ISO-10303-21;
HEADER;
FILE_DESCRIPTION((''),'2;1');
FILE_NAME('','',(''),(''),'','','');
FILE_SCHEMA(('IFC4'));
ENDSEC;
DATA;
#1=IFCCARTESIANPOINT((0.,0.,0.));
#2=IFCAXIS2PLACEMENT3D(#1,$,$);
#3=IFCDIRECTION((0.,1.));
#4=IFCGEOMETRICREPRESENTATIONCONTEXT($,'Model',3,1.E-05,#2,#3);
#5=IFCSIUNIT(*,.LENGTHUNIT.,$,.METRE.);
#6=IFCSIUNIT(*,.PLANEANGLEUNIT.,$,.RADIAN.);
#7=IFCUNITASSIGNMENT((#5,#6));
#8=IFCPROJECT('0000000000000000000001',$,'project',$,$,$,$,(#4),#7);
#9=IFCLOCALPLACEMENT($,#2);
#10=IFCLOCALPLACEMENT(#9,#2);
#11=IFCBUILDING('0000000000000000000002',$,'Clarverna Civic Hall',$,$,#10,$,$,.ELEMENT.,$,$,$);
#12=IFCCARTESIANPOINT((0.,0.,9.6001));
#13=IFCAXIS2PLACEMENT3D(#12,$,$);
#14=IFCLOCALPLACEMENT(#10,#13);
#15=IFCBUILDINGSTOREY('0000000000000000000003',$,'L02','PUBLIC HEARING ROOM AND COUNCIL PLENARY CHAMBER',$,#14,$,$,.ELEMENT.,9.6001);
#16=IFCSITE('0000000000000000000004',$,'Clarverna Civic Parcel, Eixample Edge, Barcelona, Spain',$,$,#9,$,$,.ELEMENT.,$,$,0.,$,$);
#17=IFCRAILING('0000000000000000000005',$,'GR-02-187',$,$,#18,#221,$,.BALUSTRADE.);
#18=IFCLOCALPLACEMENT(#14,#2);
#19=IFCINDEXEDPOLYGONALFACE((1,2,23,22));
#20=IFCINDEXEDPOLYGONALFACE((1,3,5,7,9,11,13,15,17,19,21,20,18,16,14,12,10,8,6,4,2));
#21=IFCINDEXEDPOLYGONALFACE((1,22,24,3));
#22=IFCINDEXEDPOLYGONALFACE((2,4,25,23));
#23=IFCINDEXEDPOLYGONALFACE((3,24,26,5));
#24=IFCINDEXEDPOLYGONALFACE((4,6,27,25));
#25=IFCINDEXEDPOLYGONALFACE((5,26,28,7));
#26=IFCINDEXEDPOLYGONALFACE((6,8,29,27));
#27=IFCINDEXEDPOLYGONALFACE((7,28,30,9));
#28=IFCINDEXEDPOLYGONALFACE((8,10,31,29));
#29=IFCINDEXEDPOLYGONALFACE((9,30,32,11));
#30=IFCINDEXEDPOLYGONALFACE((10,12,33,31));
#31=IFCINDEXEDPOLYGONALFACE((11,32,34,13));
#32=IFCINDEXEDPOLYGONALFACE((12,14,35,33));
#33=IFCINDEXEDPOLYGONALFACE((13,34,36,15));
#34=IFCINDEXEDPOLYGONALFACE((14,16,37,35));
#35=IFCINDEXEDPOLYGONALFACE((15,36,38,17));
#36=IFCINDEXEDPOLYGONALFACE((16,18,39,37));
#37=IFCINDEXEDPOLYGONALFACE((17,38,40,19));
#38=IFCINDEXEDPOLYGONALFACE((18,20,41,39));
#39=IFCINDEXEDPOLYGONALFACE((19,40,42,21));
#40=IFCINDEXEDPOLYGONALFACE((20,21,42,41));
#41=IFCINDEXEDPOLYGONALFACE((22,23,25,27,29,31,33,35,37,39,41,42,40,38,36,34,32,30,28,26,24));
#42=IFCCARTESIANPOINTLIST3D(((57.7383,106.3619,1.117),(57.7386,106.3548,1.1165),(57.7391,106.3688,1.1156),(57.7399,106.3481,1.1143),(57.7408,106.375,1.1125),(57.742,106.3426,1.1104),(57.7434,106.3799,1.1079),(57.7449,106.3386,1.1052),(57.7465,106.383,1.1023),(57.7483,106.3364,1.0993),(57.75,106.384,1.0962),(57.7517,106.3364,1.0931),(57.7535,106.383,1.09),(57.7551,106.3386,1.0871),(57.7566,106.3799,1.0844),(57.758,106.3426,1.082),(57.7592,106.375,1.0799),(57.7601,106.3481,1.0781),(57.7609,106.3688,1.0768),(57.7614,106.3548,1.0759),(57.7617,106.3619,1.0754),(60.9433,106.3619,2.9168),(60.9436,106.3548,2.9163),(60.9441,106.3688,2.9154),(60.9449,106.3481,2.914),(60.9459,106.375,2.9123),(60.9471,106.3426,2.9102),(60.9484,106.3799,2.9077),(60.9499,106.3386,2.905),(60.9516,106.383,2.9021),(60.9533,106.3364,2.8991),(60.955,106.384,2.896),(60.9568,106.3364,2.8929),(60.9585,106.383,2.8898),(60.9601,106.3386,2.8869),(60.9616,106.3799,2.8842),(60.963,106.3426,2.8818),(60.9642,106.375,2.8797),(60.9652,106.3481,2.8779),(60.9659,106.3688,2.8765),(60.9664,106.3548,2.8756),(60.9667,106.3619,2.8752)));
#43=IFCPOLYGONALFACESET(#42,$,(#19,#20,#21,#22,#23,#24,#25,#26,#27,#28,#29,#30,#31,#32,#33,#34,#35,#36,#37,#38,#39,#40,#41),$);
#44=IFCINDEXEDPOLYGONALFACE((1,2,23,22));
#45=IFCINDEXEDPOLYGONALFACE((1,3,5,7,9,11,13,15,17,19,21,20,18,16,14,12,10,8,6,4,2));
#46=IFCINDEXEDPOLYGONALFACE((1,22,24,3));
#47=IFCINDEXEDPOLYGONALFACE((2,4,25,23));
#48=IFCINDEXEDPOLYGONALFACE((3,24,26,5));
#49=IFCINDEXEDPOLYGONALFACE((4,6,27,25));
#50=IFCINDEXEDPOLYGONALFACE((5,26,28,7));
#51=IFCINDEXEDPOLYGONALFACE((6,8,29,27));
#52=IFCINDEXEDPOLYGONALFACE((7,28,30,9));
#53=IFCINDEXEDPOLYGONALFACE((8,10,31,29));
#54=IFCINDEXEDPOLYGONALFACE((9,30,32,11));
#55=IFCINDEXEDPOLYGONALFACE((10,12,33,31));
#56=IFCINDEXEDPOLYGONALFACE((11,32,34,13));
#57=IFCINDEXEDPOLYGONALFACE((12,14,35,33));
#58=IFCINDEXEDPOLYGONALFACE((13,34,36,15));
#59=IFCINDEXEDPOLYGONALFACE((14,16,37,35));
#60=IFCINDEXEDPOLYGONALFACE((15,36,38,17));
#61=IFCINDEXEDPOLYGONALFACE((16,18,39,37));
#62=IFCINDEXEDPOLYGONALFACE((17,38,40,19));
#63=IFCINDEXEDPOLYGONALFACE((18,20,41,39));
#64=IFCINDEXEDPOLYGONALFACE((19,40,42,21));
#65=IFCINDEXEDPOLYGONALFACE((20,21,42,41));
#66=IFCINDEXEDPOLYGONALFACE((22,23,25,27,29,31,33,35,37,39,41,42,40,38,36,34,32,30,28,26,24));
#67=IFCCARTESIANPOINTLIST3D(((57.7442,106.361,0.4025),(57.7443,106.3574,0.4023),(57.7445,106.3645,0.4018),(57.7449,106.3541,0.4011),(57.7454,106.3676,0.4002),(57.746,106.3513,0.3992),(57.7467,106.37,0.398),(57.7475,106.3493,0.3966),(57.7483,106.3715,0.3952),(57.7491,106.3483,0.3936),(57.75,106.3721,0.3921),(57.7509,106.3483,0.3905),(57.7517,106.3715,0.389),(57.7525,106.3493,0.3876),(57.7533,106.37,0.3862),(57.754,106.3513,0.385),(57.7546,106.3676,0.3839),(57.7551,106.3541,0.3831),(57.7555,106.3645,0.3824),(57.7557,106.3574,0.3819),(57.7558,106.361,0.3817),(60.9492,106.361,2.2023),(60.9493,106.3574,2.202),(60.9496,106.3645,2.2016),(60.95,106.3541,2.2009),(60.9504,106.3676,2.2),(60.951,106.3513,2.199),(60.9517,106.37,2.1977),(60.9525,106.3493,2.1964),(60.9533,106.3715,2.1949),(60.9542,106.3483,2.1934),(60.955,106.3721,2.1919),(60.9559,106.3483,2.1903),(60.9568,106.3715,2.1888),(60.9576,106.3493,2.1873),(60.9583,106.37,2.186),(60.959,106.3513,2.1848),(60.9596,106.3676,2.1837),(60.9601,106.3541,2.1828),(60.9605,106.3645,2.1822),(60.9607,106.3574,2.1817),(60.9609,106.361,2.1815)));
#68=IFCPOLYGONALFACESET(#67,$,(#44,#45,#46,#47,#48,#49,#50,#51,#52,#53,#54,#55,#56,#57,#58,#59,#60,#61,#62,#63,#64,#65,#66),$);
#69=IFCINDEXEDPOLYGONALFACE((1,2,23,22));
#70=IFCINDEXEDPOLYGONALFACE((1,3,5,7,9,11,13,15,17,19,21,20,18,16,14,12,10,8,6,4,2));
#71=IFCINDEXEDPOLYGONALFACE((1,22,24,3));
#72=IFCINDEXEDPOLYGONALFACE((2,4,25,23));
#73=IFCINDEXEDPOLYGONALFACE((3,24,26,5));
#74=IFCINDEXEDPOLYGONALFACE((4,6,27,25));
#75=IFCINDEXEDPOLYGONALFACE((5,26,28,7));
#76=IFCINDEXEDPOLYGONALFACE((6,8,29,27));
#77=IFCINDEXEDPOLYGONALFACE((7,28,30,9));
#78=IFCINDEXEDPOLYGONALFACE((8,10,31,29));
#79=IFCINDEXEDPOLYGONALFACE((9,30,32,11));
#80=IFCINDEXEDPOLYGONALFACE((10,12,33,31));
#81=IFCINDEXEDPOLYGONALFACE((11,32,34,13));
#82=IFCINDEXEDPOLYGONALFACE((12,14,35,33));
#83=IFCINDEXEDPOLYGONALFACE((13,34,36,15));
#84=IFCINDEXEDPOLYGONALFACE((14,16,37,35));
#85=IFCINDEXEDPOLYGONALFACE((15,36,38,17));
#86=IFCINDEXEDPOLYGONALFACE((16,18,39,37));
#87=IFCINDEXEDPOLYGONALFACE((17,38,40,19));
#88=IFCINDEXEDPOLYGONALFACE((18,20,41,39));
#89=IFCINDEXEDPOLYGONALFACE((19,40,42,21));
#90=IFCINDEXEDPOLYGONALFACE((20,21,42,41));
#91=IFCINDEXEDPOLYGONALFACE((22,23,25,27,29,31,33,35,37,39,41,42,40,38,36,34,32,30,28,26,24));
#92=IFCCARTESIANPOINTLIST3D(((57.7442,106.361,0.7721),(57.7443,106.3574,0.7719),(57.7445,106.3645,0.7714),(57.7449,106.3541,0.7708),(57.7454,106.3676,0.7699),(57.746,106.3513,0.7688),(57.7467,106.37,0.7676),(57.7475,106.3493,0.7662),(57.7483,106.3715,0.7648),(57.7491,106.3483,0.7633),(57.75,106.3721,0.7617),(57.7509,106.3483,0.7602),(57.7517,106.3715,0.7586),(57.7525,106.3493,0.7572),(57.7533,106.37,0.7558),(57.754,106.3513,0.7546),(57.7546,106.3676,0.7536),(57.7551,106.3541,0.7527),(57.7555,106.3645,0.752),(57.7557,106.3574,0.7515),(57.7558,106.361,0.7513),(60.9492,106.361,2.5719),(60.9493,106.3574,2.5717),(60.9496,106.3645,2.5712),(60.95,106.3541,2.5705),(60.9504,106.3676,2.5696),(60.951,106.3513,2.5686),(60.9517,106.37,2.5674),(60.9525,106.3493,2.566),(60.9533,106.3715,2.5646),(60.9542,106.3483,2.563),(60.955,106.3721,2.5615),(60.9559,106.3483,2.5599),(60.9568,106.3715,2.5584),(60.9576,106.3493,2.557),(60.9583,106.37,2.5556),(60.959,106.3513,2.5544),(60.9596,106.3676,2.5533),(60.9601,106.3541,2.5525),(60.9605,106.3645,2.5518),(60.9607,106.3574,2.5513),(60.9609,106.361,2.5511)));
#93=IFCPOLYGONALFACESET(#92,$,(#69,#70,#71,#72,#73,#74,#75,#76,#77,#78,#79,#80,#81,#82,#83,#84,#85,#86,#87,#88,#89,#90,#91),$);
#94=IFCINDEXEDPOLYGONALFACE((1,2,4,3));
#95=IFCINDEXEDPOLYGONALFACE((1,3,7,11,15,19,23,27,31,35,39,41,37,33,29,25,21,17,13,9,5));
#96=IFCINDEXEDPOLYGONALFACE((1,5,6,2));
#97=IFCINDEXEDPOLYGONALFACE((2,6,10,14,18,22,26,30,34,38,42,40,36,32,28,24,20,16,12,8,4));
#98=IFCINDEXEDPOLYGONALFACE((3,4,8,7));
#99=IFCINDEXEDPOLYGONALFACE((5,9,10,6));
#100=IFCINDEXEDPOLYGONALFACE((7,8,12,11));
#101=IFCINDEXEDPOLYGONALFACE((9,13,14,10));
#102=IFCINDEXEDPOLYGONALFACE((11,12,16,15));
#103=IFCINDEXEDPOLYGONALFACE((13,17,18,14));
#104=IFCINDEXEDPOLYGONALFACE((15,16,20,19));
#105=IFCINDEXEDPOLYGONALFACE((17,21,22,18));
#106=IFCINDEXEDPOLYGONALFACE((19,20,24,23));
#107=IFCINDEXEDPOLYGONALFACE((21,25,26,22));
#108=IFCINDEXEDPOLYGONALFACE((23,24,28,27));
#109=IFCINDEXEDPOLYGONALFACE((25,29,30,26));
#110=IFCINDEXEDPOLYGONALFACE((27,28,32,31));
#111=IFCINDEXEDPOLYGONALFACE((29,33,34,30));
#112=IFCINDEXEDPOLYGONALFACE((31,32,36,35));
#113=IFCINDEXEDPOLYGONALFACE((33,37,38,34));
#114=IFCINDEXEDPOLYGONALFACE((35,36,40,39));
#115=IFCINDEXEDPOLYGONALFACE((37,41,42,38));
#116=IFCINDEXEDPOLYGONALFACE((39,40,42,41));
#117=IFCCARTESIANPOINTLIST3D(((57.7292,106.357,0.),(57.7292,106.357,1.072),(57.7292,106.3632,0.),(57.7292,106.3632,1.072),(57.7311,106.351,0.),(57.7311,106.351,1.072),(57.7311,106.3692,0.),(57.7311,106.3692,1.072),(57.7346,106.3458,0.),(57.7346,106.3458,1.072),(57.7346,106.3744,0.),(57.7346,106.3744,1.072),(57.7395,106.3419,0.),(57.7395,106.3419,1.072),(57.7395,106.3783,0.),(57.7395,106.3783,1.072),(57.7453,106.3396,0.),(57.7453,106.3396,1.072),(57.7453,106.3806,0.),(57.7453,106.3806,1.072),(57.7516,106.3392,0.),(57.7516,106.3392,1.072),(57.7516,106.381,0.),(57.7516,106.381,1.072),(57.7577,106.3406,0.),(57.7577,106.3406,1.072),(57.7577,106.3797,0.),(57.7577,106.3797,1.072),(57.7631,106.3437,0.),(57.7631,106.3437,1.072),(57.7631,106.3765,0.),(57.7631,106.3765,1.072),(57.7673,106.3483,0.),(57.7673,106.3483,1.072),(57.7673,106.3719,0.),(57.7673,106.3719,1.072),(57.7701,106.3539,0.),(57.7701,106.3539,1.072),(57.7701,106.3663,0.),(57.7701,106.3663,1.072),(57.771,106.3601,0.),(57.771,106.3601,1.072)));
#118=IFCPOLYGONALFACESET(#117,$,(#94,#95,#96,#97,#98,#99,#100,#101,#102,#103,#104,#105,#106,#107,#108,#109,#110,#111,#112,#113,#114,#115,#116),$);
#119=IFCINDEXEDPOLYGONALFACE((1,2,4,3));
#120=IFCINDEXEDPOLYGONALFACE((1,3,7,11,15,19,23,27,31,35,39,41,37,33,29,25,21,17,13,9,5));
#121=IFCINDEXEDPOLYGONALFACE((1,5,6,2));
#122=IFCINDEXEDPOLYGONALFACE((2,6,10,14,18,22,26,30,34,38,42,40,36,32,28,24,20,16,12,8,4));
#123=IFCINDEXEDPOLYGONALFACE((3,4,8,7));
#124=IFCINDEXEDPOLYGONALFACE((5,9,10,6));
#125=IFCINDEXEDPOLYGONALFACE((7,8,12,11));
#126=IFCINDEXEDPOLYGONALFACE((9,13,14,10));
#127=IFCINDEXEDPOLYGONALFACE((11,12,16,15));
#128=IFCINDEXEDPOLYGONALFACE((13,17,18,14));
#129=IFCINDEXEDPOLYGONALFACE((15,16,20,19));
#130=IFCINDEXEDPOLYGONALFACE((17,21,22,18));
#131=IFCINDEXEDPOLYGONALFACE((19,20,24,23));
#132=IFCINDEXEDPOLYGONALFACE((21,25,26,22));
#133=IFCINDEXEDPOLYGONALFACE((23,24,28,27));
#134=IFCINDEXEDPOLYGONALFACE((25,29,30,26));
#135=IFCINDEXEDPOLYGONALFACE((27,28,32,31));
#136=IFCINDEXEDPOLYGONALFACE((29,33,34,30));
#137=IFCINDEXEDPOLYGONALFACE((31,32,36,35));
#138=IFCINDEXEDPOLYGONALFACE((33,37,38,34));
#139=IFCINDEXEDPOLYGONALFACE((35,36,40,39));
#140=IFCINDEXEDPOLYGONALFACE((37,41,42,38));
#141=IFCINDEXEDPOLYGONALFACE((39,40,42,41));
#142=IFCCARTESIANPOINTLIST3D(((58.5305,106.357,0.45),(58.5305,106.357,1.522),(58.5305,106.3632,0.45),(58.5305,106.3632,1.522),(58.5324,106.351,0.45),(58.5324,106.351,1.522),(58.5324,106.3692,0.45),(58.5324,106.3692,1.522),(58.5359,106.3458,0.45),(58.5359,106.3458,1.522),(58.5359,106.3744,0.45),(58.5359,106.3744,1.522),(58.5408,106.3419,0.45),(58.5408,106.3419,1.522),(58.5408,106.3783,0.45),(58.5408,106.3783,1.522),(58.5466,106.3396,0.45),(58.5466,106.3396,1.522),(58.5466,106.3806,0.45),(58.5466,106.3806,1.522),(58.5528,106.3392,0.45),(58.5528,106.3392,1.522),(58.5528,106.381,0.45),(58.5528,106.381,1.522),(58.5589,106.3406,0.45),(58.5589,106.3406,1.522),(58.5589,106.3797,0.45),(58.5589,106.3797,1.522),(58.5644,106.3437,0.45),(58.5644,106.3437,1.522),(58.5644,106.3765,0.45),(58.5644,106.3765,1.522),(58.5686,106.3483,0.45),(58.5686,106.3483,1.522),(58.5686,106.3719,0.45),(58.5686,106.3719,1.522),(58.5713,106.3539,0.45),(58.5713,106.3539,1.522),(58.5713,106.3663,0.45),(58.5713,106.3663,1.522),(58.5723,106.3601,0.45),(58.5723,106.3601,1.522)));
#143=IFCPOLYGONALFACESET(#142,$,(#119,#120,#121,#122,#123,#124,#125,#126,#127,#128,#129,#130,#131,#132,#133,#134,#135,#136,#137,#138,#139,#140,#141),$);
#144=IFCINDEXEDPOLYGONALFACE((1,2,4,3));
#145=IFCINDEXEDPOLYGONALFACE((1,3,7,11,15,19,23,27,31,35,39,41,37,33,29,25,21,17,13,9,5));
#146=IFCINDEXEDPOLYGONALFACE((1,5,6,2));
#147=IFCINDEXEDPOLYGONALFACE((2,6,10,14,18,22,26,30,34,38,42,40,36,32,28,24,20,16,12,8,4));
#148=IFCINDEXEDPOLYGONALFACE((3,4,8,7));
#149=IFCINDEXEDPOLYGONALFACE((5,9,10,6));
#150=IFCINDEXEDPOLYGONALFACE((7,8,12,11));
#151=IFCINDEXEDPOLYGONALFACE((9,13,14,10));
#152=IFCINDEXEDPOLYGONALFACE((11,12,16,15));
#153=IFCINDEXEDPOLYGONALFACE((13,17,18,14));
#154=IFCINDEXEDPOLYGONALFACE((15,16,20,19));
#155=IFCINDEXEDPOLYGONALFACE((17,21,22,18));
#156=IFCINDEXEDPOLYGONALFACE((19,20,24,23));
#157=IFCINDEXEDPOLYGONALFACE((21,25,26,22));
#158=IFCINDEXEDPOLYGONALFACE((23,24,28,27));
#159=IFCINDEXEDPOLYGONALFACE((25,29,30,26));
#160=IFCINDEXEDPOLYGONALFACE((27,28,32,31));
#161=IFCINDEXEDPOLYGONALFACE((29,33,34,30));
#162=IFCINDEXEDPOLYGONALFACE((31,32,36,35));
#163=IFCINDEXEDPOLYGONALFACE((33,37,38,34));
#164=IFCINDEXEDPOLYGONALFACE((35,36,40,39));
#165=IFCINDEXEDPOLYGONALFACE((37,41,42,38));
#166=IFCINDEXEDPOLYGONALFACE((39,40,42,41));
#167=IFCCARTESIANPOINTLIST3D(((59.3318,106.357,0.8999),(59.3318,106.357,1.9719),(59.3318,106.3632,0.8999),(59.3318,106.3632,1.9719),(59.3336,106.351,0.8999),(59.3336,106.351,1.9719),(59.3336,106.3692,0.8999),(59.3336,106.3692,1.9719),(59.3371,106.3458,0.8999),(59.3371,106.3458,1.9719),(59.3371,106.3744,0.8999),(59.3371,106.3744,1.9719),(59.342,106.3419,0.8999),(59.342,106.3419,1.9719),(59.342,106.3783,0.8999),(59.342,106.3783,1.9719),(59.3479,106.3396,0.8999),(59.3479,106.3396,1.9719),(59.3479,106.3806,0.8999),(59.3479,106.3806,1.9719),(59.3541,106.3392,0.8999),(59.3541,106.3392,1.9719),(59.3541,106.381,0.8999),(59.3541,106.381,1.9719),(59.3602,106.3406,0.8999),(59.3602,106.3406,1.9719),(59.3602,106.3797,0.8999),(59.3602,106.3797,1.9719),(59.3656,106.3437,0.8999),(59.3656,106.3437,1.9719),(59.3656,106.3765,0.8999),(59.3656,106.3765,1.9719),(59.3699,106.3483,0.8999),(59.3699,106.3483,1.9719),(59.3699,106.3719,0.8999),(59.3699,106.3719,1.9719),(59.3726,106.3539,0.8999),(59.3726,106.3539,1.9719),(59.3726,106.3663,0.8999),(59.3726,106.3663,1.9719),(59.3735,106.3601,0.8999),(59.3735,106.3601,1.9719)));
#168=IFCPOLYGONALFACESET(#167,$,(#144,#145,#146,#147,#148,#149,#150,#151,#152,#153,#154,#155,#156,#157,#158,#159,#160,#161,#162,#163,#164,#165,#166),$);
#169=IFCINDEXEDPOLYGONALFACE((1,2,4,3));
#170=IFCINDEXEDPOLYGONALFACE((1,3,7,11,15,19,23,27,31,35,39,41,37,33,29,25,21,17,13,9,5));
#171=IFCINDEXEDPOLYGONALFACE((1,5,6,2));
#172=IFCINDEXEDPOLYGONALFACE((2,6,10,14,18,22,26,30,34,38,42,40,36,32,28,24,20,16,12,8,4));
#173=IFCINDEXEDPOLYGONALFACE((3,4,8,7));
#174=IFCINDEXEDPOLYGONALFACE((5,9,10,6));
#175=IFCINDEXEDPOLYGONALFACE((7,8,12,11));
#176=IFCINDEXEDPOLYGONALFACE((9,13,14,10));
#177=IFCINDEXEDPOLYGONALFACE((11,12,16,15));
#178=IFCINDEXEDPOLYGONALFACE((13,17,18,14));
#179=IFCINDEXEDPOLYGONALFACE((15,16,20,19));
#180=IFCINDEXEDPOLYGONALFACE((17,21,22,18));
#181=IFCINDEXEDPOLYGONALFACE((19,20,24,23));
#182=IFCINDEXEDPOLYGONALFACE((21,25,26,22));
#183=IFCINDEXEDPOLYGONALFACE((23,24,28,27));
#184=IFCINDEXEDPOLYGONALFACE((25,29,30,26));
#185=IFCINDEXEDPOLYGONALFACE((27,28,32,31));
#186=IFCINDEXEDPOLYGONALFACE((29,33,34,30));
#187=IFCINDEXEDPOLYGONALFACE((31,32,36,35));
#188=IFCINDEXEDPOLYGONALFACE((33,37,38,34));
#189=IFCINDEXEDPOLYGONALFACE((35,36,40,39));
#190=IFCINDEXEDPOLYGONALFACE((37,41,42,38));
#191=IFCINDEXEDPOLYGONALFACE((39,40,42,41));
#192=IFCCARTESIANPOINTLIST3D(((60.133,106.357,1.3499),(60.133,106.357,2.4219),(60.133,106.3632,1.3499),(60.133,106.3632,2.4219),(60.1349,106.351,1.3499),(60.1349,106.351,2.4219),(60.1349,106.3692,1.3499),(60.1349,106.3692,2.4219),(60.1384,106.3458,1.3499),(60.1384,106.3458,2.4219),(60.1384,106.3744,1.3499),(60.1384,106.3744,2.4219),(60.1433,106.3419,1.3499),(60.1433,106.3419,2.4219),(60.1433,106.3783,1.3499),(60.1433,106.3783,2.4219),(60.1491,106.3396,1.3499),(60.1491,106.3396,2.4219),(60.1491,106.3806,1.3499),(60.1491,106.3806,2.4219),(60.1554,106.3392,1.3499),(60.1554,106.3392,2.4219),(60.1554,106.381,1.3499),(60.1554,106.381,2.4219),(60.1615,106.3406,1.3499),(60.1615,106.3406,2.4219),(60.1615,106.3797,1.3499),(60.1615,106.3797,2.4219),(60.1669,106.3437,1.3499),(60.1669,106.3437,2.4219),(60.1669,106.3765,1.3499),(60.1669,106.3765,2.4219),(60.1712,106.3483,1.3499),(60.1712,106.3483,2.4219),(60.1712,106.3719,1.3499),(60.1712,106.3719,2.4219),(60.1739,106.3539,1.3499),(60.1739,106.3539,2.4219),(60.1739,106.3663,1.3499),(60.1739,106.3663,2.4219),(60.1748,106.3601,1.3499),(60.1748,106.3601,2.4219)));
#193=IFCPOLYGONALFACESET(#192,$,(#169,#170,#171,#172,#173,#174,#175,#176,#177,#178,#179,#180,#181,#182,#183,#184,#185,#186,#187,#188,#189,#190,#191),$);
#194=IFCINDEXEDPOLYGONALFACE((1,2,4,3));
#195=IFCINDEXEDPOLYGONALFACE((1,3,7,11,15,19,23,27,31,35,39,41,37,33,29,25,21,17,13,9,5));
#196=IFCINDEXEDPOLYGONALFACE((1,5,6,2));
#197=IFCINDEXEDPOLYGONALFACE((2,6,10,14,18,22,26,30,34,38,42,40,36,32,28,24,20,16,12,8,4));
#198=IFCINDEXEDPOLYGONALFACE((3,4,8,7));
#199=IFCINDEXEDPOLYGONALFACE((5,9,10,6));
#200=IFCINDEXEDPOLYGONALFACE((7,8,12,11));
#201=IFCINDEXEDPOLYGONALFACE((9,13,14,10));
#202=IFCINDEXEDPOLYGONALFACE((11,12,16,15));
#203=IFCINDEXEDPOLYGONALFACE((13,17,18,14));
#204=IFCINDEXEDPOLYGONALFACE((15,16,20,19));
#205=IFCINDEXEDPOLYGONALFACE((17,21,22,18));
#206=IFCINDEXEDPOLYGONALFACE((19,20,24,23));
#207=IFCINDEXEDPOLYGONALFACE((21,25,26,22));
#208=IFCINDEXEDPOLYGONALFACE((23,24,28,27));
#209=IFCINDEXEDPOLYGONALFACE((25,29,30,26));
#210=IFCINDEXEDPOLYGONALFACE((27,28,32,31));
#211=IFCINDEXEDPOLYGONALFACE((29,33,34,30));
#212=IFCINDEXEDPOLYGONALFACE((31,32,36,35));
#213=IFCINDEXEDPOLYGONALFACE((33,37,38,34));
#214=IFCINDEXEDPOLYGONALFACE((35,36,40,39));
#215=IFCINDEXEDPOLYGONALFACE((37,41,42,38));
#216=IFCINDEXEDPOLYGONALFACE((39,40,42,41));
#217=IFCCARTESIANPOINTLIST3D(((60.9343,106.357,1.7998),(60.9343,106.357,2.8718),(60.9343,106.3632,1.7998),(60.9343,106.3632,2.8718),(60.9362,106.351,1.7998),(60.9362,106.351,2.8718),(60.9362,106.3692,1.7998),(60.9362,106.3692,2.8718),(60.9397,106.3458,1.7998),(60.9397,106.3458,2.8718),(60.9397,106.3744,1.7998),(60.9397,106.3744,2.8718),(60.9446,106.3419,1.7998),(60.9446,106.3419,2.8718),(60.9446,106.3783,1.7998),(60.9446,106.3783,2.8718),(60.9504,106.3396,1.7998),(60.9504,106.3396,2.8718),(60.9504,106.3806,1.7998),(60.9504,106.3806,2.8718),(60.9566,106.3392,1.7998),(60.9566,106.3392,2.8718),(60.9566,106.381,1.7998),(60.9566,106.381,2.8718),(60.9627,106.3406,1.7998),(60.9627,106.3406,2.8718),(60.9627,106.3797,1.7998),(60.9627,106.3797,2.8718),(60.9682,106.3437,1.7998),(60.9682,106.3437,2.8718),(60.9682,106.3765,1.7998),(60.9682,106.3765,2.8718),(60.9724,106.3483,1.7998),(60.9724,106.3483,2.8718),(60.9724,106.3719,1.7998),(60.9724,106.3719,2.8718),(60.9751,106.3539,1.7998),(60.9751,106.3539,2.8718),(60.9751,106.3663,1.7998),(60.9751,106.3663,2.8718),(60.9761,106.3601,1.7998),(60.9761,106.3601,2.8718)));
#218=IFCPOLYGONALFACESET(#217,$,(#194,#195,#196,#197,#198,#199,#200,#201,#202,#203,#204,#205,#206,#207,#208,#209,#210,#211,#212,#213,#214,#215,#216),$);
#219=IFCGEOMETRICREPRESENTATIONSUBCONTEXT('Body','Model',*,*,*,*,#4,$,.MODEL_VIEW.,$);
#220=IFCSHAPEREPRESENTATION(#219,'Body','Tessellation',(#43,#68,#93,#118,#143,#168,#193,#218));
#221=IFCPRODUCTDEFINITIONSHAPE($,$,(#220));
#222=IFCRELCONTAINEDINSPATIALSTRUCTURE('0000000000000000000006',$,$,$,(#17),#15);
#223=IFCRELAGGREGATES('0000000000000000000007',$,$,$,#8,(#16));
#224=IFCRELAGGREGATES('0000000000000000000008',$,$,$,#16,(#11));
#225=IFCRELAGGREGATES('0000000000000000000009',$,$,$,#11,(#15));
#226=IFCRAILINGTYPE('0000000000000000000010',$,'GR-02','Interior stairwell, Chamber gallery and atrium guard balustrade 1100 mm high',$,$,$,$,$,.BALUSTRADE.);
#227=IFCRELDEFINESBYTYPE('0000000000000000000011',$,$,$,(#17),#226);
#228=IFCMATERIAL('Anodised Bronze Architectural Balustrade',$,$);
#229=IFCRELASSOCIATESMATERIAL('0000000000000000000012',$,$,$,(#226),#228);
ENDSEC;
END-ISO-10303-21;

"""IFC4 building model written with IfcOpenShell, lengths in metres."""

from ifc_helpers import new_model, si_unit, direction, frame, origin, origin_2d, place, context, subcontext, project, spatial, circle, extrude, material, type_object, element, save


model = new_model("IFC4")

# Units and contexts
model_context = context("Model", 3, precision=1e-05, world=origin(), true_north=direction((0.0, 1.0)))
body_context = subcontext(model_context, "Body", "Model", "MODEL_VIEW")
ifc_project = project(units=[si_unit("LENGTHUNIT", "METRE"), si_unit("PLANEANGLEUNIT", "RADIAN")], contexts=[model_context])

# Site, building, storey
site_placement = place(None, origin())
site = spatial("IfcSite", under=ifc_project, at=site_placement, Name="Clarverna Civic Parcel, Eixample Edge, Barcelona, Spain", CompositionType="ELEMENT", RefElevation=0.0)
building_placement = place(site_placement, origin())
building = spatial("IfcBuilding", under=site, at=building_placement, Name="Clarverna Civic Hall", CompositionType="ELEMENT")
storey_placement = place(building_placement, frame((0.0, 0.0, 9.6001)))
storey = spatial("IfcBuildingStorey", under=building, at=storey_placement, Name="L02", Description="PUBLIC HEARING ROOM AND COUNCIL PLENARY CHAMBER", CompositionType="ELEMENT", Elevation=9.6001)

# Railing
ifc_material_1 = material(Name="Anodised Bronze Architectural Balustrade")
railing_type_1 = type_object("IfcRailingType", Name="GR-02", Description="Interior stairwell, Chamber gallery and atrium guard balustrade 1100 mm high", PredefinedType="BALUSTRADE", material=ifc_material_1)
railing_1_placement = place(storey_placement, frame((57.75, 106.3601, 0.0)))
element("IfcRailing", 1, at=railing_1_placement, inside=storey, type_object=railing_type_1, Name="GR-02-187", PredefinedType="BALUSTRADE", context=body_context, shape_type="SweptSolid", body=[
    extrude(circle(Radius=0.0239, at=origin_2d()), frame((0.0, 0.0, 1.0962), z_axis=(0.87193, 0.0, 0.48963), x_axis=(0.0, 1.0, 0.0)), (0.0, 0.0, 1.0), 3.6758),
    extrude(circle(Radius=0.012, at=origin_2d()), frame((0.0, 0.0, 0.3921), z_axis=(0.87193, 0.0, 0.48963), x_axis=(0.0, 1.0, 0.0)), (0.0, 0.0, 1.0), 3.6758),
    extrude(circle(Radius=0.012, at=origin_2d()), frame((0.0, 0.0, 0.7617), z_axis=(0.87193, 0.0, 0.48963), x_axis=(0.0, 1.0, 0.0)), (0.0, 0.0, 1.0), 3.6758),
    extrude(circle(Radius=0.021, at=origin_2d()), origin(), (0.0, 0.0, 1.0), 1.072),
    extrude(circle(Radius=0.021, at=origin_2d()), frame((0.8013, 0.0, 0.45)), (0.0, 0.0, 1.0), 1.072),
    extrude(circle(Radius=0.021, at=origin_2d()), frame((1.6025, 0.0, 0.8999)), (0.0, 0.0, 1.0), 1.072),
    extrude(circle(Radius=0.021, at=origin_2d()), frame((2.4038, 0.0, 1.3499)), (0.0, 0.0, 1.0), 1.072),
    extrude(circle(Radius=0.021, at=origin_2d()), frame((3.2051, 0.0, 1.7998)), (0.0, 0.0, 1.0), 1.072),
])

save(model, "model.ifc")
